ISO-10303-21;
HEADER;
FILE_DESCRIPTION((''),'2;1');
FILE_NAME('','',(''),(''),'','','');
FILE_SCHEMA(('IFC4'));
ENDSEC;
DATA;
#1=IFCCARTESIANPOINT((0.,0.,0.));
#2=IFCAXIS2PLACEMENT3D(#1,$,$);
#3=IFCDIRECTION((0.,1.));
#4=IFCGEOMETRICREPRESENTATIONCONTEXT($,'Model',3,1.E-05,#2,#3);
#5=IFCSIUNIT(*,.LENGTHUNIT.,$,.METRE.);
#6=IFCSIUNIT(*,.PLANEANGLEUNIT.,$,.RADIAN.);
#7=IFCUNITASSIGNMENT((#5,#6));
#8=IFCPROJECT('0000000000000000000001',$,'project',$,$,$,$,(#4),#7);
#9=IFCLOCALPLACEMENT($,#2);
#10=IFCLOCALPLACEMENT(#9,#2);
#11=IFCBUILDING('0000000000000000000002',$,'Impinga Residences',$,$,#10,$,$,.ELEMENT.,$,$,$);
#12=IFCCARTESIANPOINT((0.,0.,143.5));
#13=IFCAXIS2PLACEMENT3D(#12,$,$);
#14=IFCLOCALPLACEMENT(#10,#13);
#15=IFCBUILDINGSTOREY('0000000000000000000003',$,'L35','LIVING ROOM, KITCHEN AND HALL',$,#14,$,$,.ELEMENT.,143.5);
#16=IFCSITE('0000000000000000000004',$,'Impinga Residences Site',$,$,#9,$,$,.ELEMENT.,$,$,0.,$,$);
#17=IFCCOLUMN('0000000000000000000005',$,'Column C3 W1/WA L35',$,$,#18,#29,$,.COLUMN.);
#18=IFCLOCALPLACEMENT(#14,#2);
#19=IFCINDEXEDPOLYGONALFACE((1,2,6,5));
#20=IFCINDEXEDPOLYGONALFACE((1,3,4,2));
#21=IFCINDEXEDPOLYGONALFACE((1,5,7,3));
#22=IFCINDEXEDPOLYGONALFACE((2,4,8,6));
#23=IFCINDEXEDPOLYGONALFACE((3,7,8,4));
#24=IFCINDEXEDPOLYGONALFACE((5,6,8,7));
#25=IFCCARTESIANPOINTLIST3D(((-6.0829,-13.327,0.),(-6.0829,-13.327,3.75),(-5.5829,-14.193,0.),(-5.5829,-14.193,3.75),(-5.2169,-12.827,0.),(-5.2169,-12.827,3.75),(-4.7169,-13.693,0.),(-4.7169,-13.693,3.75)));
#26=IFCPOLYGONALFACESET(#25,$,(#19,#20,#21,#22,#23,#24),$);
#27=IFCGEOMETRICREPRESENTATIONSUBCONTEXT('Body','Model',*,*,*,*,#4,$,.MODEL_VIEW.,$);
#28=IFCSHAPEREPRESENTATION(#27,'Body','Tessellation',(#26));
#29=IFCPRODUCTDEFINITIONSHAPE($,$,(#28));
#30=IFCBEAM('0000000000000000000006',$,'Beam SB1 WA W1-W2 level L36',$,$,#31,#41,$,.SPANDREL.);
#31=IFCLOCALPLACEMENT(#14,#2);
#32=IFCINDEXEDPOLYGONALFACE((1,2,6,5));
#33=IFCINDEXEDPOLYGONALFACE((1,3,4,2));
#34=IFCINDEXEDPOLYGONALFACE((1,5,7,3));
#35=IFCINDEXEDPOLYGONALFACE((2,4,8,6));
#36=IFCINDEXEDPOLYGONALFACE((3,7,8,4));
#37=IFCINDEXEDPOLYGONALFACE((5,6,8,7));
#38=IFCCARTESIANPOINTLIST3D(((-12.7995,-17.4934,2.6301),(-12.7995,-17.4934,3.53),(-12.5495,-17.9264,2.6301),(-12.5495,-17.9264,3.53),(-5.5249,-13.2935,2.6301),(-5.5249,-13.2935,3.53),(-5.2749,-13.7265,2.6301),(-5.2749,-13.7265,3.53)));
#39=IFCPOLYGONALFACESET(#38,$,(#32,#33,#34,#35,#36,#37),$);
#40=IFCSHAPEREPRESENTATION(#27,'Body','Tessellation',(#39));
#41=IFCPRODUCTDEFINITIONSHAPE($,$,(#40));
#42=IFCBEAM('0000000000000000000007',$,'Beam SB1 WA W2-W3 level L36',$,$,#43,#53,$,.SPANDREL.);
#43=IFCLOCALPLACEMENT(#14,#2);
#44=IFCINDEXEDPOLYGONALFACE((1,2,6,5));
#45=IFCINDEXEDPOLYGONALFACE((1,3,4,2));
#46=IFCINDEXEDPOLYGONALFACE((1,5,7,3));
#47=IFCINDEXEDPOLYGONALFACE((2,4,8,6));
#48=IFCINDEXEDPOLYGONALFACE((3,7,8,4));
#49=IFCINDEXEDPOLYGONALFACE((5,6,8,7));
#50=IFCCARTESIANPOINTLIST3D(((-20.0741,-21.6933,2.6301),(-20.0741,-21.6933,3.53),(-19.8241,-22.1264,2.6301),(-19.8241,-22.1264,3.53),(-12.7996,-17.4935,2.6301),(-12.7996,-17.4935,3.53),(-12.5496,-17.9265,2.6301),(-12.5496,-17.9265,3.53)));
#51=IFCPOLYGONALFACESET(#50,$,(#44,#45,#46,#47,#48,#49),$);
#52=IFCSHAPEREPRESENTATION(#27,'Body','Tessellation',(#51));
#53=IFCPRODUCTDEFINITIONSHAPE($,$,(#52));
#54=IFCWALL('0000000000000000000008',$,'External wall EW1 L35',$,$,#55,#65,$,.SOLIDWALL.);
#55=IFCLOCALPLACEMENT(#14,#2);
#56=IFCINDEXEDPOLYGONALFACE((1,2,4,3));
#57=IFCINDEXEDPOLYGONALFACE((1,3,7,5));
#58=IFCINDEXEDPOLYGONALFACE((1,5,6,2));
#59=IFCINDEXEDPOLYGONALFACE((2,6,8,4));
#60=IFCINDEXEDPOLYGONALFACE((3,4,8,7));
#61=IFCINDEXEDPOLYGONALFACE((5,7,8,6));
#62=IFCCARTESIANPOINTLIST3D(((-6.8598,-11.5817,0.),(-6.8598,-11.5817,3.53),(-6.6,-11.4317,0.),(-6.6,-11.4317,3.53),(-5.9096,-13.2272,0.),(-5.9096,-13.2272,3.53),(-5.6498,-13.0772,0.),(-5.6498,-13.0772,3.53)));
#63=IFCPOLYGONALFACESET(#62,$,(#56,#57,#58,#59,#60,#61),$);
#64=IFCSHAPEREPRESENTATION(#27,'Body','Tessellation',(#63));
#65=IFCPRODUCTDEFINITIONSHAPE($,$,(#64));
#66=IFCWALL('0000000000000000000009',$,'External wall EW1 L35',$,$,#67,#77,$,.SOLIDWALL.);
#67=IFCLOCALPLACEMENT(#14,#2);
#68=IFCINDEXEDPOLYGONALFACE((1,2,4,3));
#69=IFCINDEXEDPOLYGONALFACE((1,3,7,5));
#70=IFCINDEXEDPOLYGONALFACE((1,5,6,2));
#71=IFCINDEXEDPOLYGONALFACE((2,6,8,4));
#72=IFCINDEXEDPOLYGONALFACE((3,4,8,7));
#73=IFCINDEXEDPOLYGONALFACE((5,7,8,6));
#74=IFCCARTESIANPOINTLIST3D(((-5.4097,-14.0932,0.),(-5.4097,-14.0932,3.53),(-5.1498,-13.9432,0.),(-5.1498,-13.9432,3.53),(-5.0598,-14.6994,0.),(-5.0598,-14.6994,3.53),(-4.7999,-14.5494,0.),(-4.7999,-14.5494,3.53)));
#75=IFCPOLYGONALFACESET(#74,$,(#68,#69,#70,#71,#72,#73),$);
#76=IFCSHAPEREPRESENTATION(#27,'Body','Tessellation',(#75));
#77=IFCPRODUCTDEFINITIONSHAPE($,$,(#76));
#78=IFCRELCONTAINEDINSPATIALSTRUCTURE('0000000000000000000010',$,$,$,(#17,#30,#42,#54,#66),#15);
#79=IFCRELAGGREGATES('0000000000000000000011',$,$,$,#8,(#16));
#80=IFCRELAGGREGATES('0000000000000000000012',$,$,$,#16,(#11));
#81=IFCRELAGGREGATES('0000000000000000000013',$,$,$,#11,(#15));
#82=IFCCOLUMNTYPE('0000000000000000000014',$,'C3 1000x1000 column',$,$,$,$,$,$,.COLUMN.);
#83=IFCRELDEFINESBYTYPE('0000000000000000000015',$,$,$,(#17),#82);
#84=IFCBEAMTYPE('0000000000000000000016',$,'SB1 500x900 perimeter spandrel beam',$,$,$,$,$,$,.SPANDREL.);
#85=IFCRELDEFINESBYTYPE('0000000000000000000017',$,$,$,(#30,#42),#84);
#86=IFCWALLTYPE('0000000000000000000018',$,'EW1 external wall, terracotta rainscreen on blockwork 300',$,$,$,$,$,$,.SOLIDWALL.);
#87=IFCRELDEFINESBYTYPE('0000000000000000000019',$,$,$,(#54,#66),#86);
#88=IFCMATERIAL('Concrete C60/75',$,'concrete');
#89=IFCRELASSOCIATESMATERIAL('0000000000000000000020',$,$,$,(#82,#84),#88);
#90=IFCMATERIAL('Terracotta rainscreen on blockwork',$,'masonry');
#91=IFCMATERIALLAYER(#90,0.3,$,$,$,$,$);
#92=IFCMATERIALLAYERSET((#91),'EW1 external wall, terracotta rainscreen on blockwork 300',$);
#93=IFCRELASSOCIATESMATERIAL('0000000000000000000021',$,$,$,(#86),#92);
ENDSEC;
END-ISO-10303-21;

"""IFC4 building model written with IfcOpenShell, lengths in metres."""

from ifc_helpers import new_model, si_unit, direction, frame, frame_2d, origin, origin_2d, place, context, subcontext, project, spatial, rectangle, extrude, material, layer, layer_set, material_profile, profile_set, type_object, element, save


model = new_model("IFC4")

# Units and contexts
model_context = context("Model", 3, precision=1e-05, world=origin(), true_north=direction((0.0, 1.0)))
body_context = subcontext(model_context, "Body", "Model", "MODEL_VIEW")
ifc_project = project(units=[si_unit("LENGTHUNIT", "METRE"), si_unit("PLANEANGLEUNIT", "RADIAN")], contexts=[model_context])

# Site, building, storey
site_placement = place(None, origin())
site = spatial("IfcSite", under=ifc_project, at=site_placement, Name="Impinga Residences Site", CompositionType="ELEMENT", RefElevation=0.0)
building_placement = place(site_placement, origin())
building = spatial("IfcBuilding", under=site, at=building_placement, Name="Impinga Residences", CompositionType="ELEMENT")
storey_placement = place(building_placement, frame((0.0, 0.0, 143.5)))
storey = spatial("IfcBuildingStorey", under=building, at=storey_placement, Name="L35", Description="LIVING ROOM, KITCHEN AND HALL", CompositionType="ELEMENT", Elevation=143.5)

# Column
ifc_material_1 = material(Name="Concrete C60/75", Category="concrete")
ifc_material_profile_1 = material_profile(ifc_material_1, rectangle(XDim=1.0, YDim=1.0, at=origin_2d()), Name="RC 1000x1000")
ifc_profile_set_1 = profile_set([ifc_material_profile_1], Name="Concrete C60/75")
column_type = type_object("IfcColumnType", Name="C3 1000x1000 column", PredefinedType="COLUMN", material=ifc_profile_set_1)
column_placement = place(storey_placement, frame((-5.3999, -13.51, 0.0), z_axis=(0.0, 0.0, 1.0), x_axis=(-0.5, 0.866025, 0.0)))
element("IfcColumn", 1, at=column_placement, inside=storey, type_object=column_type, Name="Column C3 W1/WA L35", PredefinedType="COLUMN", context=body_context, shape_type="SweptSolid", body=[
    extrude(rectangle(XDim=1.0, YDim=1.0, at=origin_2d()), origin(), (0.0, 0.0, 1.0), 3.75),
])

# Beams
ifc_material_profile_2 = material_profile(ifc_material_1, rectangle(XDim=0.5, YDim=0.8999, at=origin_2d()), Name="RC 500x900")
ifc_profile_set_2 = profile_set([ifc_material_profile_2], Name="Concrete C60/75")
beam_type = type_object("IfcBeamType", Name="SB1 500x900 perimeter spandrel beam", PredefinedType="SPANDREL", material=ifc_profile_set_2)
for number, where, z_axis, x_axis, name in (
    (2, (-5.3999, -13.51, 3.0801), (-0.866029, -0.499993, 0.0), (0.499993, -0.866029, 0.0), "Beam SB1 WA W1-W2 level L36"),
    (3, (-12.6746, -17.71, 3.0801), (-0.866029, -0.499993, 0.0), (0.499993, -0.866029, 0.0), "Beam SB1 WA W2-W3 level L36"),
):
    element("IfcBeam", number, at=place(storey_placement, frame(where, z_axis=z_axis, x_axis=x_axis)), inside=storey, type_object=beam_type, Name=name, PredefinedType="SPANDREL", context=body_context, shape_type="SweptSolid", body=[
        extrude(rectangle(XDim=0.5, YDim=0.8999, at=origin_2d()), origin(), (0.0, 0.0, 1.0), 8.3999),
    ])

# Walls
ifc_material_2 = material(Name="Terracotta rainscreen on blockwork", Category="masonry")
ifc_layer_1 = layer(ifc_material_2, 0.3)
ifc_layer_set_1 = layer_set([ifc_layer_1], Name="EW1 external wall, terracotta rainscreen on blockwork 300")
wall_type_1 = type_object("IfcWallType", Name="EW1 external wall, terracotta rainscreen on blockwork 300", PredefinedType="SOLIDWALL", material=ifc_layer_set_1)
wall_1_placement = place(storey_placement, frame((-6.73, -11.5066, 0.0), z_axis=(0.0, 0.0, 1.0), x_axis=(0.500064, -0.865989, 0.0)))
element("IfcWall", 4, at=wall_1_placement, inside=storey, type_object=wall_type_1, Name="External wall EW1 L35", PredefinedType="SOLIDWALL", context=body_context, shape_type="SweptSolid", body=[
    extrude(rectangle(XDim=1.9001, YDim=0.3, at=frame_2d((0.9502, 0.0))), origin(), (0.0, 0.0, 1.0), 3.53),
])
wall_2_placement = place(storey_placement, frame((-5.2798, -14.0181, 0.0), z_axis=(0.0, 0.0, 1.0), x_axis=(0.499853, -0.86611, 0.0)))
element("IfcWall", 5, at=wall_2_placement, inside=storey, type_object=wall_type_1, Name="External wall EW1 L35", PredefinedType="SOLIDWALL", context=body_context, shape_type="SweptSolid", body=[
    extrude(rectangle(XDim=0.7, YDim=0.3, at=frame_2d((0.3501, 0.0))), origin(), (0.0, 0.0, 1.0), 3.53),
])

save(model, "model.ifc")
